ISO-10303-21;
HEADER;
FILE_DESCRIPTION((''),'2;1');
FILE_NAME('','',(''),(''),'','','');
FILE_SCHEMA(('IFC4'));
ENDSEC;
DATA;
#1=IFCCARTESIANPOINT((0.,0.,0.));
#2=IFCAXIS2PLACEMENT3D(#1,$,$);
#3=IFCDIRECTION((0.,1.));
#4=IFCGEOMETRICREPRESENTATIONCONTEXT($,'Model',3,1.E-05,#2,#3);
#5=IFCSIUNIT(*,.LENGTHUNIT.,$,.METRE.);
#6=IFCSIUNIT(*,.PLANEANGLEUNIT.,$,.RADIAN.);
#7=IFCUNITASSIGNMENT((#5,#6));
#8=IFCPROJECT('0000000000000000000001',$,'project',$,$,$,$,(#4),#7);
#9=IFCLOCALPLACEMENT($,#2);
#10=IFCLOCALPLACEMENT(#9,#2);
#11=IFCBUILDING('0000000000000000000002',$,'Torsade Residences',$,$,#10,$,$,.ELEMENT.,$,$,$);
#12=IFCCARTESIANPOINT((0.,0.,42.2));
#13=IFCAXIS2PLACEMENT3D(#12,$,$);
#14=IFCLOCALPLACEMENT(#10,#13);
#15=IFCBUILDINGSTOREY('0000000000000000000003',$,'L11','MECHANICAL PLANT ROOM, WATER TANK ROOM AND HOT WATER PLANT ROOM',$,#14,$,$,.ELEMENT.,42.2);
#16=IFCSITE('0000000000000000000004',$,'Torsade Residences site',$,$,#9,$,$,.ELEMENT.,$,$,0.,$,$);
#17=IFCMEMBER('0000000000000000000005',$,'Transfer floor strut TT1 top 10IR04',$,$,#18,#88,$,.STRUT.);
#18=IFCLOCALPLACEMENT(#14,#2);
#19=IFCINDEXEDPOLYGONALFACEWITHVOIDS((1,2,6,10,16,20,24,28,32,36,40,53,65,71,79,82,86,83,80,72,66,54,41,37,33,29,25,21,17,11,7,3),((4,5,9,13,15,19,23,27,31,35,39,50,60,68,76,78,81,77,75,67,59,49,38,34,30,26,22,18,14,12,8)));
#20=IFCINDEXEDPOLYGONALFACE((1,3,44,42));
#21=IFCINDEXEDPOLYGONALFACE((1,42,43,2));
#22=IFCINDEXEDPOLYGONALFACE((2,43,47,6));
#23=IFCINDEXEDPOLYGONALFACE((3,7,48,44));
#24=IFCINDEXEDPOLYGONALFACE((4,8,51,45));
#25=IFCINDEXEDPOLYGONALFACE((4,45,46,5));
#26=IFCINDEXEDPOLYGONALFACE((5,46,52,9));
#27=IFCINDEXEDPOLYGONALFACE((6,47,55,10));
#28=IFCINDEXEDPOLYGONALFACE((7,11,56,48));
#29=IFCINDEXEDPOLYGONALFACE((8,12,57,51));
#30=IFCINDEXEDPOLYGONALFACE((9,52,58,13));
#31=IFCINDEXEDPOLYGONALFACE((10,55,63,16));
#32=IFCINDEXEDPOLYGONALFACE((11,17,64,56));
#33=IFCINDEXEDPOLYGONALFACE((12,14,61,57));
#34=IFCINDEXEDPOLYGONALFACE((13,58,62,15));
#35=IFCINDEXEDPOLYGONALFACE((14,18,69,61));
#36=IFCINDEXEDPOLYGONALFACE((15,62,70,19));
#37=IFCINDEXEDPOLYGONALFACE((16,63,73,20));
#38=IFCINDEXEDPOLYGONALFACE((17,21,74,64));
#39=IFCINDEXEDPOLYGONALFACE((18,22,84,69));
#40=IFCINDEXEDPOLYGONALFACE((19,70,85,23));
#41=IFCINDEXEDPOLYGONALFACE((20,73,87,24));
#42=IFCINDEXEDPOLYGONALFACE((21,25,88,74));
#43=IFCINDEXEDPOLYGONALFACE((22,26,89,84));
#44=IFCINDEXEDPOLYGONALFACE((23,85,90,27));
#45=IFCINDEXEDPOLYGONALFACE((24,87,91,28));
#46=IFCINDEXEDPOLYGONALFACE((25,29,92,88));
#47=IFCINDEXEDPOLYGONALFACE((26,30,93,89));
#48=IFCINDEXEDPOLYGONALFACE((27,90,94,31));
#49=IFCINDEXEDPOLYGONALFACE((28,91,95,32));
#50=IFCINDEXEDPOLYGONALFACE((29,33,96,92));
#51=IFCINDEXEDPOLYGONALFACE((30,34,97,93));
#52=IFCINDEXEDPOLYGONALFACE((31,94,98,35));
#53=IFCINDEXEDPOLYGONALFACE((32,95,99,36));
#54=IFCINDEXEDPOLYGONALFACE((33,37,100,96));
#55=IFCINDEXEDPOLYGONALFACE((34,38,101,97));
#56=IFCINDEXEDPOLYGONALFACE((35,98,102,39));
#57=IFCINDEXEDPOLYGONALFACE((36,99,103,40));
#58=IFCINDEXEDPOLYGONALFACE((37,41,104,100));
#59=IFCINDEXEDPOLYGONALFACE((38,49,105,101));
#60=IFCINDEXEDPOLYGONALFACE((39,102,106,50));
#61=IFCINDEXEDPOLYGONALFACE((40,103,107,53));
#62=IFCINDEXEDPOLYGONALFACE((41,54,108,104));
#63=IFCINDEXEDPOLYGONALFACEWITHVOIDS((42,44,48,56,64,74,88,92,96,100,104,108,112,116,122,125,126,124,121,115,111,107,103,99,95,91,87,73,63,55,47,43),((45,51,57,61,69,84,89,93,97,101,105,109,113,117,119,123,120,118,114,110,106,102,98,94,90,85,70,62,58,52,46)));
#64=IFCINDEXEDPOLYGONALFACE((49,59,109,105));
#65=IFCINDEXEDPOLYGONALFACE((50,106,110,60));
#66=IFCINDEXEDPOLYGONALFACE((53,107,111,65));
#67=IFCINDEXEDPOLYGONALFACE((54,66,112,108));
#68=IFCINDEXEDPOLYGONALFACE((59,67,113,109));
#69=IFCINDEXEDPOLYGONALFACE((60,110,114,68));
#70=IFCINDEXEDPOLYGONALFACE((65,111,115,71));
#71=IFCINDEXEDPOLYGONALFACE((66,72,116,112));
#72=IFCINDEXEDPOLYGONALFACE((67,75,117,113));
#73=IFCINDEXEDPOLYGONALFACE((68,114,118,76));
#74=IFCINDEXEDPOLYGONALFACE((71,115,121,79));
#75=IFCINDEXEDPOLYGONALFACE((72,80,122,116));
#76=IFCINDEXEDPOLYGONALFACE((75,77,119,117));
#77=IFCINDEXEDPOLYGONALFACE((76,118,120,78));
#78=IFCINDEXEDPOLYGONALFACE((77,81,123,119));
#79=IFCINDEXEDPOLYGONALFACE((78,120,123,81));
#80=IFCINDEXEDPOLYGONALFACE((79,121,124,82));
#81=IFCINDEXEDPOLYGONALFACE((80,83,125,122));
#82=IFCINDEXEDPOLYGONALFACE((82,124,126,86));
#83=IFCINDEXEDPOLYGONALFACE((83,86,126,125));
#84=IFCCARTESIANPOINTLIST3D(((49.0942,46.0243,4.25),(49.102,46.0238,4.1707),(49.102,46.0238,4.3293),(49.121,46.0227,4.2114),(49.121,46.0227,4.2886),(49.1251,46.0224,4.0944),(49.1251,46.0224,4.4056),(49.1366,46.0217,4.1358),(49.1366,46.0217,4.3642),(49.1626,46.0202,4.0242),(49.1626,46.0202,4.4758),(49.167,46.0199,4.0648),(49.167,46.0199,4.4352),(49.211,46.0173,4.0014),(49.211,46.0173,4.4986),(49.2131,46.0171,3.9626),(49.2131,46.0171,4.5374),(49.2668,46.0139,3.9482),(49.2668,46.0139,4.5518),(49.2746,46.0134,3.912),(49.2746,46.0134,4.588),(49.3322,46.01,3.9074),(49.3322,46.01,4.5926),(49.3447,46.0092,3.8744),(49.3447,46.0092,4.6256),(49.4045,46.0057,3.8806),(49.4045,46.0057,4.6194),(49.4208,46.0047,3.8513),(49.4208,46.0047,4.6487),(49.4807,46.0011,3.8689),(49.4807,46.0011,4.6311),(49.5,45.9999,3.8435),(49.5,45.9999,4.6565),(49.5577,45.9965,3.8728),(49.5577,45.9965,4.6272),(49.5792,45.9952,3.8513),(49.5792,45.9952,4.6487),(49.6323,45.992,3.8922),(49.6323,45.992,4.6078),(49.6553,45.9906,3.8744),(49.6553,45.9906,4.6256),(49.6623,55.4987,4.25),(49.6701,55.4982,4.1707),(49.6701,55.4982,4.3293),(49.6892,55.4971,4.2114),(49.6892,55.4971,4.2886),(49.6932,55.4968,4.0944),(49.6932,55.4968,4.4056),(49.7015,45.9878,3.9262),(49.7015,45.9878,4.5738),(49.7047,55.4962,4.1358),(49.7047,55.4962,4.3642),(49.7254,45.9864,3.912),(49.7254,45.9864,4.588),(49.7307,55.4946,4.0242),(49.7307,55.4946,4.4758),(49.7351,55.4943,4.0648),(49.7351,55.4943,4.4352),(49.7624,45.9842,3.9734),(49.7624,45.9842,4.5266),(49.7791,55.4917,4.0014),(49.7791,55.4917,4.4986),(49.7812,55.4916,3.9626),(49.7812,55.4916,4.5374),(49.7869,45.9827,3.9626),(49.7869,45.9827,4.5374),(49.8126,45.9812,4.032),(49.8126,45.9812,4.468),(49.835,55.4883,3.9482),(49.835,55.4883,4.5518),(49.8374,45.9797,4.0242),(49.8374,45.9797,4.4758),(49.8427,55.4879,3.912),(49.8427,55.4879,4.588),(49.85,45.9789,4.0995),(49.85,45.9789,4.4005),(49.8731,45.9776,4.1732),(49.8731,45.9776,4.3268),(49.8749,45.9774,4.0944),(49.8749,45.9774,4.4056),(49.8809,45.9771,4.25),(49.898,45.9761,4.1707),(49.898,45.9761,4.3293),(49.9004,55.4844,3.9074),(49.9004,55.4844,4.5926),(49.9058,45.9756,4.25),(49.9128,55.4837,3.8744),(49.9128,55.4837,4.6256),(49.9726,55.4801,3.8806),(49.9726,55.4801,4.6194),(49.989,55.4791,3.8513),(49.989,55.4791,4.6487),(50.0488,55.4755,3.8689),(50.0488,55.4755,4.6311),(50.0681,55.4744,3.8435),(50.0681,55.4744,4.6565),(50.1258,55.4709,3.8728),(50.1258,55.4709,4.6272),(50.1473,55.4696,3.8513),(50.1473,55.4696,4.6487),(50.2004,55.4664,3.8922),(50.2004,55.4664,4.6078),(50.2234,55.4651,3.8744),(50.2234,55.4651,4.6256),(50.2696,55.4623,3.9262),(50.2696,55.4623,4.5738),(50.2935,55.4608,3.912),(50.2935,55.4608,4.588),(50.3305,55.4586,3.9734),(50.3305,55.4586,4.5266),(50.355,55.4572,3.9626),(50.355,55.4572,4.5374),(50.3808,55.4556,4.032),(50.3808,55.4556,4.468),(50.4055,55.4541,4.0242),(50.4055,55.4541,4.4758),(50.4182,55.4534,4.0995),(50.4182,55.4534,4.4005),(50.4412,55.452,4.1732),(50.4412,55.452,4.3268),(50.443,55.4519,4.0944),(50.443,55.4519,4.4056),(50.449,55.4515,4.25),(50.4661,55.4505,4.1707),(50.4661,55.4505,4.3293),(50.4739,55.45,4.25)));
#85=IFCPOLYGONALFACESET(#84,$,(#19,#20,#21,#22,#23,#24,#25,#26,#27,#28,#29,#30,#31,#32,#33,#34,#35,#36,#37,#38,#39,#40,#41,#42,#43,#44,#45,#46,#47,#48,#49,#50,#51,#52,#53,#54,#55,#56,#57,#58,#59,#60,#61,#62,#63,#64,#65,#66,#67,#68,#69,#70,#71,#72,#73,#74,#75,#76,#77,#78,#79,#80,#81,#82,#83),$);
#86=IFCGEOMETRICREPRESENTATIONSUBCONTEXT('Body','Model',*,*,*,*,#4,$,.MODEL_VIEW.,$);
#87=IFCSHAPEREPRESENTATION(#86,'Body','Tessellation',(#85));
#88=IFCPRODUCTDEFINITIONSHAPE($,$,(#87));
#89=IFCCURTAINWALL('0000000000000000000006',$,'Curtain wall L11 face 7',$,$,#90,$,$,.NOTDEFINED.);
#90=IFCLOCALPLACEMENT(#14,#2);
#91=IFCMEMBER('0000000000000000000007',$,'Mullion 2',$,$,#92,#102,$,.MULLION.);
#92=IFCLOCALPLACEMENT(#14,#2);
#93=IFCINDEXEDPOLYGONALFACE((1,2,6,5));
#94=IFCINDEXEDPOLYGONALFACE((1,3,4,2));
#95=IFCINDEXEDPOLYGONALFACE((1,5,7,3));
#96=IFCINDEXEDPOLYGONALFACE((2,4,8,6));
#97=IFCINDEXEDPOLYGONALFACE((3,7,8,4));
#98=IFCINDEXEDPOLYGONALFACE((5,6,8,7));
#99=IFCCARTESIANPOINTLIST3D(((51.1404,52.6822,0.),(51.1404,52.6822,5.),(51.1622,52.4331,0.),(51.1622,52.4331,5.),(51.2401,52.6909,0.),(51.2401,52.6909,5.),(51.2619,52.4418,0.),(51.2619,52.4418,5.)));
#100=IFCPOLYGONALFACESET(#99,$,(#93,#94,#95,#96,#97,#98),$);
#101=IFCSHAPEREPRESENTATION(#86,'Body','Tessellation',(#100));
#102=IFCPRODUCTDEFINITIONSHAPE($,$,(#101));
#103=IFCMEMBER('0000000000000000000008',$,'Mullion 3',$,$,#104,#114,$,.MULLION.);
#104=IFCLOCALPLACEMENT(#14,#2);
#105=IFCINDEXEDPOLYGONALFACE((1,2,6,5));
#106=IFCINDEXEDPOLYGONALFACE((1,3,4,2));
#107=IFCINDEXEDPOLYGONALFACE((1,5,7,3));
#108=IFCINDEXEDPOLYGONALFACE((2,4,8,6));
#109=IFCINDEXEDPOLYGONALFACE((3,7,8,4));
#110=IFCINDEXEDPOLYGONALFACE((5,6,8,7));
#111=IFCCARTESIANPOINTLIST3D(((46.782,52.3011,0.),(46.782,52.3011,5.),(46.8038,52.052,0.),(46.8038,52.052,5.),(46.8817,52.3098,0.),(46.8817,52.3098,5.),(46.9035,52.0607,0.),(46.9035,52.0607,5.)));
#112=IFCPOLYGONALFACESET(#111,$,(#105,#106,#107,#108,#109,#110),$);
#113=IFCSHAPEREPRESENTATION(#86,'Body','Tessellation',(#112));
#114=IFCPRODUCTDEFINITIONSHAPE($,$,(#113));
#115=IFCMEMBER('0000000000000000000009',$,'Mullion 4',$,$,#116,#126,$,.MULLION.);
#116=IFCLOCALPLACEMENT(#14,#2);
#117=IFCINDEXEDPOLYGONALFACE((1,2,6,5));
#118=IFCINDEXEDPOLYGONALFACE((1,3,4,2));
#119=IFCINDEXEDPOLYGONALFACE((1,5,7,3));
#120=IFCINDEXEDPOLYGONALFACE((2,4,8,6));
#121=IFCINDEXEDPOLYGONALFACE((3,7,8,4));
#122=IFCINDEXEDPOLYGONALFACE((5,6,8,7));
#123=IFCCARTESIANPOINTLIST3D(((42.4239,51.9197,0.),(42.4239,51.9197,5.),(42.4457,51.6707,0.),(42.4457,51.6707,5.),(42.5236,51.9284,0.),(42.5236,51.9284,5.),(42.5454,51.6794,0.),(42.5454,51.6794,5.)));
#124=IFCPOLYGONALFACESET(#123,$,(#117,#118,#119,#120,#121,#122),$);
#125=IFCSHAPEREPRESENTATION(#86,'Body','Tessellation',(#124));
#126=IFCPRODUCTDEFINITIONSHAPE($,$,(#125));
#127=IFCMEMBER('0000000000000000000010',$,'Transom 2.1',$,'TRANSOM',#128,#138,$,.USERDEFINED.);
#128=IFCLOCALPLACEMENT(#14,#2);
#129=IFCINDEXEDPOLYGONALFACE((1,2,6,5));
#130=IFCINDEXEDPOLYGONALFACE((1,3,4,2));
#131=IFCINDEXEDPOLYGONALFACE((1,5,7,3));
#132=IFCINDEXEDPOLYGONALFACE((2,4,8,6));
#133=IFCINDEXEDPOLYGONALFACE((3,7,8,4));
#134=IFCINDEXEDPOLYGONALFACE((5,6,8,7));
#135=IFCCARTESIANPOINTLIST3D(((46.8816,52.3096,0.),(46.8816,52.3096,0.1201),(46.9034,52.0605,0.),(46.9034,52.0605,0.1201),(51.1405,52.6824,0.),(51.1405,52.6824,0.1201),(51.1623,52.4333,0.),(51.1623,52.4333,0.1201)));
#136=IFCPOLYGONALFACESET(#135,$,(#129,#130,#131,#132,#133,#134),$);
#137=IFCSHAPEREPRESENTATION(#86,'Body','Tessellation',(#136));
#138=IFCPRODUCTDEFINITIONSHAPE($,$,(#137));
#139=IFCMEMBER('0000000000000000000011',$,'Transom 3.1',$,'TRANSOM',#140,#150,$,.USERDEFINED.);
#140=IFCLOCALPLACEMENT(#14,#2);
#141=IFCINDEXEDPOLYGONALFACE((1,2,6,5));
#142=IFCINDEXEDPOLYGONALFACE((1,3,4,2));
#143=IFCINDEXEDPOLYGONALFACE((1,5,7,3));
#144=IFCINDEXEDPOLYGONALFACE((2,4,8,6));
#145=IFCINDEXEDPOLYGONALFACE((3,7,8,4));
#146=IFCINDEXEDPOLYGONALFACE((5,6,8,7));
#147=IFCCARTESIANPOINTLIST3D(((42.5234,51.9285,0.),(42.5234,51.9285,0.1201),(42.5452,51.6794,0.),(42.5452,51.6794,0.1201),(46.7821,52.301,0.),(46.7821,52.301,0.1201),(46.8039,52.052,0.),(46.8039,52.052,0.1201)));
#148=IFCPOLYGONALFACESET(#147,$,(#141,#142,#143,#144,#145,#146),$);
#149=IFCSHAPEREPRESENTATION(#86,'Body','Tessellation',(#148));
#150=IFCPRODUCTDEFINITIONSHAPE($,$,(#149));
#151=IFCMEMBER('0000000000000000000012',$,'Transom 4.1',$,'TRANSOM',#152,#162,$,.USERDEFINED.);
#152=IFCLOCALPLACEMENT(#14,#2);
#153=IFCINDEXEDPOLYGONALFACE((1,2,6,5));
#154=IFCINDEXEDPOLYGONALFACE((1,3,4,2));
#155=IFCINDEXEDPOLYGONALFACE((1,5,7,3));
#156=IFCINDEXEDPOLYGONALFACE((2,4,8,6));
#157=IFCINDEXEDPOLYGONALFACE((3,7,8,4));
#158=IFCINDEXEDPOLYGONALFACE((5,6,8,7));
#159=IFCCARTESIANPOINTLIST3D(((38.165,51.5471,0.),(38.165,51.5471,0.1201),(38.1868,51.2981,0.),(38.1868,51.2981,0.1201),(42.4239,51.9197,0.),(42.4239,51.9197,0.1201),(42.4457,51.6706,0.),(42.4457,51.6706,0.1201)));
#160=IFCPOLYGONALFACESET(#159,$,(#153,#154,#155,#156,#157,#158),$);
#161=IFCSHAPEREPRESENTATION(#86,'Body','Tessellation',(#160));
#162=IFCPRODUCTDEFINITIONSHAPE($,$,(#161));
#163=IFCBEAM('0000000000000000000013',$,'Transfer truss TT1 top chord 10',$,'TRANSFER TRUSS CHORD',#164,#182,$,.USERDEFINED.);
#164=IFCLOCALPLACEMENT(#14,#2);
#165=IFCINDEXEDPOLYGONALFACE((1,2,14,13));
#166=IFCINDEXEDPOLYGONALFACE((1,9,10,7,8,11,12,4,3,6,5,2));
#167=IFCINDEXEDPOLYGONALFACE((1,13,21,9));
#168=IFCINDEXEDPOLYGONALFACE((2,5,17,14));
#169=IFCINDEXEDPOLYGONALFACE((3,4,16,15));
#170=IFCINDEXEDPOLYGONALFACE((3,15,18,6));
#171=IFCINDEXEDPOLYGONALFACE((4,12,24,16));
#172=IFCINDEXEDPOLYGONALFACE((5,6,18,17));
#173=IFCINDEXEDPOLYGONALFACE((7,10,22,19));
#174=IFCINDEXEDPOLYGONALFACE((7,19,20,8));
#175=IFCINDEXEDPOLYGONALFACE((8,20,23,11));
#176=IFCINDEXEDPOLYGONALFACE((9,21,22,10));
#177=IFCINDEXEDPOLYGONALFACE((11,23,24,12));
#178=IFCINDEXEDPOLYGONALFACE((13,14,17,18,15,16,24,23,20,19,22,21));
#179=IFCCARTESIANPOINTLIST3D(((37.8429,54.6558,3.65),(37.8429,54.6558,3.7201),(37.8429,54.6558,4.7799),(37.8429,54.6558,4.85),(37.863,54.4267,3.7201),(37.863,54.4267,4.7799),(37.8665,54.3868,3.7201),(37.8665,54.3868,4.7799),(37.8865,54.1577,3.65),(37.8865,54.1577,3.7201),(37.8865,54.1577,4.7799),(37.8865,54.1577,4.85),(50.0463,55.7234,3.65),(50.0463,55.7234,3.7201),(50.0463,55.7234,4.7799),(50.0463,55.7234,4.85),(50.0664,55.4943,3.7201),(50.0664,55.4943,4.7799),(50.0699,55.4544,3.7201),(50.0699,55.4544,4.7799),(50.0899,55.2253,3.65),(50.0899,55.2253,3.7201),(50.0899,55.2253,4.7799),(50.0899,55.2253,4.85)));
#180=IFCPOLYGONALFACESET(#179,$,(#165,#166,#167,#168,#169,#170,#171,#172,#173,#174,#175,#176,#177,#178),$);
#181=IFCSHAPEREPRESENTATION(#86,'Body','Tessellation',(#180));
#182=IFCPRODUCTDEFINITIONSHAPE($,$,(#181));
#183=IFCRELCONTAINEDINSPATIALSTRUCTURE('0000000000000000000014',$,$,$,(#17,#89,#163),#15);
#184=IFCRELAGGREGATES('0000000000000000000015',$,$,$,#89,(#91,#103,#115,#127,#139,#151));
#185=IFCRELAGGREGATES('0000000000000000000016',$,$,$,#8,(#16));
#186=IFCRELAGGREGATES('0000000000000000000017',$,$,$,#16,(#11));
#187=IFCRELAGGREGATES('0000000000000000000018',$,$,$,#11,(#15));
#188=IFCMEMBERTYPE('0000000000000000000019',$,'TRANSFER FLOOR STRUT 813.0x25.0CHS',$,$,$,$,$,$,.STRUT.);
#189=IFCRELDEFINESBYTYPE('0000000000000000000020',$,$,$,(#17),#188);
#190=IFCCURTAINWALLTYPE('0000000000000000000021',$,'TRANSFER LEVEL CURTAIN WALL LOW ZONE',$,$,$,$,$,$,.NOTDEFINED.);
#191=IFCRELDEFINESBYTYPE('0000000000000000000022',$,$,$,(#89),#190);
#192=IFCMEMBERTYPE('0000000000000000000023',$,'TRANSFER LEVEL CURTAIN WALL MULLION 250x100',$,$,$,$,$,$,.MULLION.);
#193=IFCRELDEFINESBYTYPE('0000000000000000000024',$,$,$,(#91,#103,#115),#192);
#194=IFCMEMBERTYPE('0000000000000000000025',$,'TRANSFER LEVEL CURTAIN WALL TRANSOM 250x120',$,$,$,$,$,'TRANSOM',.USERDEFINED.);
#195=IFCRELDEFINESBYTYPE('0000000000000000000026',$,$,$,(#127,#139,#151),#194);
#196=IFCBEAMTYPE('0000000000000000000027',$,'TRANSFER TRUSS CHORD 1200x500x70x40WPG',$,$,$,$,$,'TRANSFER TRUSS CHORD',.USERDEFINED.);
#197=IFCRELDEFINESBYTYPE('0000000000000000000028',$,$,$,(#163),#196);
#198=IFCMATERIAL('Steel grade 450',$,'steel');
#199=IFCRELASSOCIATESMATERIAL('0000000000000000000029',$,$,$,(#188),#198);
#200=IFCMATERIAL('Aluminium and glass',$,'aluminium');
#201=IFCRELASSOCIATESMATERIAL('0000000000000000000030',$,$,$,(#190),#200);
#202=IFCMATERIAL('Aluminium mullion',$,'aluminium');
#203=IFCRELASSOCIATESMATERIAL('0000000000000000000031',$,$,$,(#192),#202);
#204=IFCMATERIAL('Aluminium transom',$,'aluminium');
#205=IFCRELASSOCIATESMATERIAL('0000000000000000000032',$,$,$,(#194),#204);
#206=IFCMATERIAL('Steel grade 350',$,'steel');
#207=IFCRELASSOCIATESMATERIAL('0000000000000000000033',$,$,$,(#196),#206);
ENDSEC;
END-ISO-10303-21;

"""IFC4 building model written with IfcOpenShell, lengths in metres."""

from ifc_helpers import new_model, si_unit, direction, frame, origin, origin_2d, place, context, subcontext, project, spatial, rectangle, hollow_circle, i_section, extrude, material, material_profile, profile_set, type_object, element, aggregate, save


model = new_model("IFC4")

# Units and contexts
model_context = context("Model", 3, precision=1e-05, world=origin(), true_north=direction((0.0, 1.0)))
body_context = subcontext(model_context, "Body", "Model", "MODEL_VIEW")
ifc_project = project(units=[si_unit("LENGTHUNIT", "METRE"), si_unit("PLANEANGLEUNIT", "RADIAN")], contexts=[model_context])

# Site, building, storey
site_placement = place(None, origin())
site = spatial("IfcSite", under=ifc_project, at=site_placement, Name="Torsade Residences site", CompositionType="ELEMENT", RefElevation=0.0)
building_placement = place(site_placement, origin())
building = spatial("IfcBuilding", under=site, at=building_placement, Name="Torsade Residences", CompositionType="ELEMENT")
storey_placement = place(building_placement, frame((0.0, 0.0, 42.2)))
storey = spatial("IfcBuildingStorey", under=building, at=storey_placement, Name="L11", Description="MECHANICAL PLANT ROOM, WATER TANK ROOM AND HOT WATER PLANT ROOM", CompositionType="ELEMENT", Elevation=42.2)

# Member
ifc_material_1 = material(Name="Steel grade 450", Category="steel")
ifc_material_profile_1 = material_profile(ifc_material_1, hollow_circle(Radius=0.4065, WallThickness=0.0249, at=origin_2d()), Name="813.0x25.0CHS")
ifc_profile_set_1 = profile_set([ifc_material_profile_1], Name="Steel grade 450")
member_type_1 = type_object("IfcMemberType", Name="TRANSFER FLOOR STRUT 813.0x25.0CHS", PredefinedType="STRUT", material=ifc_profile_set_1)
member_1_placement = place(storey_placement, frame((50.0681, 55.4744, 4.25), z_axis=(-0.059856, -0.998207, 0.0), x_axis=(0.998207, -0.059856, 0.0)))
element("IfcMember", 1, at=member_1_placement, inside=storey, type_object=member_type_1, Name="Transfer floor strut TT1 top 10IR04", PredefinedType="STRUT", context=body_context, shape_type="SweptSolid", body=[
    extrude(hollow_circle(Radius=0.4065, WallThickness=0.0249, at=origin_2d()), origin(), (0.0, 0.0, 1.0), 9.4915),
])

# Curtain wall, members
ifc_material_2 = material(Name="Aluminium and glass", Category="aluminium")
curtain_wall_type = type_object("IfcCurtainWallType", Name="TRANSFER LEVEL CURTAIN WALL LOW ZONE", PredefinedType="NOTDEFINED", material=ifc_material_2)
curtain_wall_placement = place(storey_placement, origin())
curtain_wall = element("IfcCurtainWall", 2, at=curtain_wall_placement, inside=storey, type_object=curtain_wall_type, Name="Curtain wall L11 face 7", PredefinedType="NOTDEFINED")
ifc_material_3 = material(Name="Aluminium mullion", Category="aluminium")
ifc_material_profile_2 = material_profile(ifc_material_3, rectangle(XDim=0.25, YDim=0.1001, at=origin_2d()), Name="TRANSFER LEVEL CURTAIN WALL MULLION 250x100")
ifc_profile_set_2 = profile_set([ifc_material_profile_2], Name="Aluminium mullion")
member_type_2 = type_object("IfcMemberType", Name="TRANSFER LEVEL CURTAIN WALL MULLION 250x100", PredefinedType="MULLION", material=ifc_profile_set_2)
member_2_placement = place(storey_placement, frame((51.2012, 52.562, 0.0), z_axis=(0.0, 0.0, 1.0), x_axis=(0.087156, -0.996195, 0.0)))
member_2 = element("IfcMember", 3, at=member_2_placement, type_object=member_type_2, Name="Mullion 2", PredefinedType="MULLION", context=body_context, shape_type="SweptSolid", body=[
    extrude(rectangle(XDim=0.25, YDim=0.1001, at=origin_2d()), origin(), (0.0, 0.0, 1.0), 5.0),
])
member_3_placement = place(storey_placement, frame((46.8428, 52.1809, 0.0), z_axis=(0.0, 0.0, 1.0), x_axis=(0.087156, -0.996195, 0.0)))
member_3 = element("IfcMember", 4, at=member_3_placement, type_object=member_type_2, Name="Mullion 3", PredefinedType="MULLION", context=body_context, shape_type="SweptSolid", body=[
    extrude(rectangle(XDim=0.25, YDim=0.1001, at=origin_2d()), origin(), (0.0, 0.0, 1.0), 5.0),
])
member_4_placement = place(storey_placement, frame((42.4846, 51.7996, 0.0), z_axis=(0.0, 0.0, 1.0), x_axis=(0.087156, -0.996195, 0.0)))
member_4 = element("IfcMember", 5, at=member_4_placement, type_object=member_type_2, Name="Mullion 4", PredefinedType="MULLION", context=body_context, shape_type="SweptSolid", body=[
    extrude(rectangle(XDim=0.25, YDim=0.1001, at=origin_2d()), origin(), (0.0, 0.0, 1.0), 5.0),
])
ifc_material_4 = material(Name="Aluminium transom", Category="aluminium")
ifc_material_profile_3 = material_profile(ifc_material_4, rectangle(XDim=0.25, YDim=0.1201, at=origin_2d()), Name="TRANSFER LEVEL CURTAIN WALL TRANSOM 250x120")
ifc_profile_set_3 = profile_set([ifc_material_profile_3], Name="Aluminium transom")
member_type_3 = type_object("IfcMemberType", Name="TRANSFER LEVEL CURTAIN WALL TRANSOM 250x120", ElementType="TRANSOM", PredefinedType="USERDEFINED", material=ifc_profile_set_3)
member_5_placement = place(storey_placement, frame((51.1514, 52.5579, 0.0601), z_axis=(-0.99619, -0.087204, 0.0), x_axis=(0.087204, -0.99619, 0.0)))
member_5 = element("IfcMember", 6, at=member_5_placement, type_object=member_type_3, Name="Transom 2.1", ObjectType="TRANSOM", PredefinedType="USERDEFINED", context=body_context, shape_type="SweptSolid", body=[
    extrude(rectangle(XDim=0.25, YDim=0.1201, at=origin_2d()), origin(), (0.0, 0.0, 1.0), 4.2751),
])
member_6_placement = place(storey_placement, frame((46.793, 52.1765, 0.0601), z_axis=(-0.996195, -0.087152, 0.0), x_axis=(0.087152, -0.996195, 0.0)))
member_6 = element("IfcMember", 7, at=member_6_placement, type_object=member_type_3, Name="Transom 3.1", ObjectType="TRANSOM", PredefinedType="USERDEFINED", context=body_context, shape_type="SweptSolid", body=[
    extrude(rectangle(XDim=0.25, YDim=0.1201, at=origin_2d()), origin(), (0.0, 0.0, 1.0), 4.2749),
])
member_7_placement = place(storey_placement, frame((42.4348, 51.7952, 0.0601), z_axis=(-0.996195, -0.087147, 0.0), x_axis=(0.087147, -0.996195, 0.0)))
member_7 = element("IfcMember", 8, at=member_7_placement, type_object=member_type_3, Name="Transom 4.1", ObjectType="TRANSOM", PredefinedType="USERDEFINED", context=body_context, shape_type="SweptSolid", body=[
    extrude(rectangle(XDim=0.25, YDim=0.1201, at=origin_2d()), origin(), (0.0, 0.0, 1.0), 4.2751),
])

# Beam
ifc_material_5 = material(Name="Steel grade 350", Category="steel")
ifc_material_profile_4 = material_profile(ifc_material_5, i_section(OverallWidth=0.5, OverallDepth=1.2, WebThickness=0.04, FlangeThickness=0.0701, at=origin_2d()), Name="1200x500x70x40WPG")
ifc_profile_set_4 = profile_set([ifc_material_profile_4], Name="Steel grade 350")
beam_type_1 = type_object("IfcBeamType", Name="TRANSFER TRUSS CHORD 1200x500x70x40WPG", ElementType="TRANSFER TRUSS CHORD", PredefinedType="USERDEFINED", material=ifc_profile_set_4)
beam_1_placement = place(storey_placement, frame((50.0681, 55.4744, 4.25), z_axis=(-0.996195, -0.087153, 0.0), x_axis=(0.087153, -0.996195, 0.0)))
element("IfcBeam", 9, at=beam_1_placement, inside=storey, type_object=beam_type_1, Name="Transfer truss TT1 top chord 10", ObjectType="TRANSFER TRUSS CHORD", PredefinedType="USERDEFINED", context=body_context, shape_type="SweptSolid", body=[
    extrude(i_section(OverallWidth=0.5, OverallDepth=1.2, WebThickness=0.04, FlangeThickness=0.0701, at=origin_2d()), origin(), (0.0, 0.0, 1.0), 12.25),
])

aggregate(curtain_wall, [member_2, member_3, member_4, member_5, member_6, member_7])

save(model, "model.ifc")
